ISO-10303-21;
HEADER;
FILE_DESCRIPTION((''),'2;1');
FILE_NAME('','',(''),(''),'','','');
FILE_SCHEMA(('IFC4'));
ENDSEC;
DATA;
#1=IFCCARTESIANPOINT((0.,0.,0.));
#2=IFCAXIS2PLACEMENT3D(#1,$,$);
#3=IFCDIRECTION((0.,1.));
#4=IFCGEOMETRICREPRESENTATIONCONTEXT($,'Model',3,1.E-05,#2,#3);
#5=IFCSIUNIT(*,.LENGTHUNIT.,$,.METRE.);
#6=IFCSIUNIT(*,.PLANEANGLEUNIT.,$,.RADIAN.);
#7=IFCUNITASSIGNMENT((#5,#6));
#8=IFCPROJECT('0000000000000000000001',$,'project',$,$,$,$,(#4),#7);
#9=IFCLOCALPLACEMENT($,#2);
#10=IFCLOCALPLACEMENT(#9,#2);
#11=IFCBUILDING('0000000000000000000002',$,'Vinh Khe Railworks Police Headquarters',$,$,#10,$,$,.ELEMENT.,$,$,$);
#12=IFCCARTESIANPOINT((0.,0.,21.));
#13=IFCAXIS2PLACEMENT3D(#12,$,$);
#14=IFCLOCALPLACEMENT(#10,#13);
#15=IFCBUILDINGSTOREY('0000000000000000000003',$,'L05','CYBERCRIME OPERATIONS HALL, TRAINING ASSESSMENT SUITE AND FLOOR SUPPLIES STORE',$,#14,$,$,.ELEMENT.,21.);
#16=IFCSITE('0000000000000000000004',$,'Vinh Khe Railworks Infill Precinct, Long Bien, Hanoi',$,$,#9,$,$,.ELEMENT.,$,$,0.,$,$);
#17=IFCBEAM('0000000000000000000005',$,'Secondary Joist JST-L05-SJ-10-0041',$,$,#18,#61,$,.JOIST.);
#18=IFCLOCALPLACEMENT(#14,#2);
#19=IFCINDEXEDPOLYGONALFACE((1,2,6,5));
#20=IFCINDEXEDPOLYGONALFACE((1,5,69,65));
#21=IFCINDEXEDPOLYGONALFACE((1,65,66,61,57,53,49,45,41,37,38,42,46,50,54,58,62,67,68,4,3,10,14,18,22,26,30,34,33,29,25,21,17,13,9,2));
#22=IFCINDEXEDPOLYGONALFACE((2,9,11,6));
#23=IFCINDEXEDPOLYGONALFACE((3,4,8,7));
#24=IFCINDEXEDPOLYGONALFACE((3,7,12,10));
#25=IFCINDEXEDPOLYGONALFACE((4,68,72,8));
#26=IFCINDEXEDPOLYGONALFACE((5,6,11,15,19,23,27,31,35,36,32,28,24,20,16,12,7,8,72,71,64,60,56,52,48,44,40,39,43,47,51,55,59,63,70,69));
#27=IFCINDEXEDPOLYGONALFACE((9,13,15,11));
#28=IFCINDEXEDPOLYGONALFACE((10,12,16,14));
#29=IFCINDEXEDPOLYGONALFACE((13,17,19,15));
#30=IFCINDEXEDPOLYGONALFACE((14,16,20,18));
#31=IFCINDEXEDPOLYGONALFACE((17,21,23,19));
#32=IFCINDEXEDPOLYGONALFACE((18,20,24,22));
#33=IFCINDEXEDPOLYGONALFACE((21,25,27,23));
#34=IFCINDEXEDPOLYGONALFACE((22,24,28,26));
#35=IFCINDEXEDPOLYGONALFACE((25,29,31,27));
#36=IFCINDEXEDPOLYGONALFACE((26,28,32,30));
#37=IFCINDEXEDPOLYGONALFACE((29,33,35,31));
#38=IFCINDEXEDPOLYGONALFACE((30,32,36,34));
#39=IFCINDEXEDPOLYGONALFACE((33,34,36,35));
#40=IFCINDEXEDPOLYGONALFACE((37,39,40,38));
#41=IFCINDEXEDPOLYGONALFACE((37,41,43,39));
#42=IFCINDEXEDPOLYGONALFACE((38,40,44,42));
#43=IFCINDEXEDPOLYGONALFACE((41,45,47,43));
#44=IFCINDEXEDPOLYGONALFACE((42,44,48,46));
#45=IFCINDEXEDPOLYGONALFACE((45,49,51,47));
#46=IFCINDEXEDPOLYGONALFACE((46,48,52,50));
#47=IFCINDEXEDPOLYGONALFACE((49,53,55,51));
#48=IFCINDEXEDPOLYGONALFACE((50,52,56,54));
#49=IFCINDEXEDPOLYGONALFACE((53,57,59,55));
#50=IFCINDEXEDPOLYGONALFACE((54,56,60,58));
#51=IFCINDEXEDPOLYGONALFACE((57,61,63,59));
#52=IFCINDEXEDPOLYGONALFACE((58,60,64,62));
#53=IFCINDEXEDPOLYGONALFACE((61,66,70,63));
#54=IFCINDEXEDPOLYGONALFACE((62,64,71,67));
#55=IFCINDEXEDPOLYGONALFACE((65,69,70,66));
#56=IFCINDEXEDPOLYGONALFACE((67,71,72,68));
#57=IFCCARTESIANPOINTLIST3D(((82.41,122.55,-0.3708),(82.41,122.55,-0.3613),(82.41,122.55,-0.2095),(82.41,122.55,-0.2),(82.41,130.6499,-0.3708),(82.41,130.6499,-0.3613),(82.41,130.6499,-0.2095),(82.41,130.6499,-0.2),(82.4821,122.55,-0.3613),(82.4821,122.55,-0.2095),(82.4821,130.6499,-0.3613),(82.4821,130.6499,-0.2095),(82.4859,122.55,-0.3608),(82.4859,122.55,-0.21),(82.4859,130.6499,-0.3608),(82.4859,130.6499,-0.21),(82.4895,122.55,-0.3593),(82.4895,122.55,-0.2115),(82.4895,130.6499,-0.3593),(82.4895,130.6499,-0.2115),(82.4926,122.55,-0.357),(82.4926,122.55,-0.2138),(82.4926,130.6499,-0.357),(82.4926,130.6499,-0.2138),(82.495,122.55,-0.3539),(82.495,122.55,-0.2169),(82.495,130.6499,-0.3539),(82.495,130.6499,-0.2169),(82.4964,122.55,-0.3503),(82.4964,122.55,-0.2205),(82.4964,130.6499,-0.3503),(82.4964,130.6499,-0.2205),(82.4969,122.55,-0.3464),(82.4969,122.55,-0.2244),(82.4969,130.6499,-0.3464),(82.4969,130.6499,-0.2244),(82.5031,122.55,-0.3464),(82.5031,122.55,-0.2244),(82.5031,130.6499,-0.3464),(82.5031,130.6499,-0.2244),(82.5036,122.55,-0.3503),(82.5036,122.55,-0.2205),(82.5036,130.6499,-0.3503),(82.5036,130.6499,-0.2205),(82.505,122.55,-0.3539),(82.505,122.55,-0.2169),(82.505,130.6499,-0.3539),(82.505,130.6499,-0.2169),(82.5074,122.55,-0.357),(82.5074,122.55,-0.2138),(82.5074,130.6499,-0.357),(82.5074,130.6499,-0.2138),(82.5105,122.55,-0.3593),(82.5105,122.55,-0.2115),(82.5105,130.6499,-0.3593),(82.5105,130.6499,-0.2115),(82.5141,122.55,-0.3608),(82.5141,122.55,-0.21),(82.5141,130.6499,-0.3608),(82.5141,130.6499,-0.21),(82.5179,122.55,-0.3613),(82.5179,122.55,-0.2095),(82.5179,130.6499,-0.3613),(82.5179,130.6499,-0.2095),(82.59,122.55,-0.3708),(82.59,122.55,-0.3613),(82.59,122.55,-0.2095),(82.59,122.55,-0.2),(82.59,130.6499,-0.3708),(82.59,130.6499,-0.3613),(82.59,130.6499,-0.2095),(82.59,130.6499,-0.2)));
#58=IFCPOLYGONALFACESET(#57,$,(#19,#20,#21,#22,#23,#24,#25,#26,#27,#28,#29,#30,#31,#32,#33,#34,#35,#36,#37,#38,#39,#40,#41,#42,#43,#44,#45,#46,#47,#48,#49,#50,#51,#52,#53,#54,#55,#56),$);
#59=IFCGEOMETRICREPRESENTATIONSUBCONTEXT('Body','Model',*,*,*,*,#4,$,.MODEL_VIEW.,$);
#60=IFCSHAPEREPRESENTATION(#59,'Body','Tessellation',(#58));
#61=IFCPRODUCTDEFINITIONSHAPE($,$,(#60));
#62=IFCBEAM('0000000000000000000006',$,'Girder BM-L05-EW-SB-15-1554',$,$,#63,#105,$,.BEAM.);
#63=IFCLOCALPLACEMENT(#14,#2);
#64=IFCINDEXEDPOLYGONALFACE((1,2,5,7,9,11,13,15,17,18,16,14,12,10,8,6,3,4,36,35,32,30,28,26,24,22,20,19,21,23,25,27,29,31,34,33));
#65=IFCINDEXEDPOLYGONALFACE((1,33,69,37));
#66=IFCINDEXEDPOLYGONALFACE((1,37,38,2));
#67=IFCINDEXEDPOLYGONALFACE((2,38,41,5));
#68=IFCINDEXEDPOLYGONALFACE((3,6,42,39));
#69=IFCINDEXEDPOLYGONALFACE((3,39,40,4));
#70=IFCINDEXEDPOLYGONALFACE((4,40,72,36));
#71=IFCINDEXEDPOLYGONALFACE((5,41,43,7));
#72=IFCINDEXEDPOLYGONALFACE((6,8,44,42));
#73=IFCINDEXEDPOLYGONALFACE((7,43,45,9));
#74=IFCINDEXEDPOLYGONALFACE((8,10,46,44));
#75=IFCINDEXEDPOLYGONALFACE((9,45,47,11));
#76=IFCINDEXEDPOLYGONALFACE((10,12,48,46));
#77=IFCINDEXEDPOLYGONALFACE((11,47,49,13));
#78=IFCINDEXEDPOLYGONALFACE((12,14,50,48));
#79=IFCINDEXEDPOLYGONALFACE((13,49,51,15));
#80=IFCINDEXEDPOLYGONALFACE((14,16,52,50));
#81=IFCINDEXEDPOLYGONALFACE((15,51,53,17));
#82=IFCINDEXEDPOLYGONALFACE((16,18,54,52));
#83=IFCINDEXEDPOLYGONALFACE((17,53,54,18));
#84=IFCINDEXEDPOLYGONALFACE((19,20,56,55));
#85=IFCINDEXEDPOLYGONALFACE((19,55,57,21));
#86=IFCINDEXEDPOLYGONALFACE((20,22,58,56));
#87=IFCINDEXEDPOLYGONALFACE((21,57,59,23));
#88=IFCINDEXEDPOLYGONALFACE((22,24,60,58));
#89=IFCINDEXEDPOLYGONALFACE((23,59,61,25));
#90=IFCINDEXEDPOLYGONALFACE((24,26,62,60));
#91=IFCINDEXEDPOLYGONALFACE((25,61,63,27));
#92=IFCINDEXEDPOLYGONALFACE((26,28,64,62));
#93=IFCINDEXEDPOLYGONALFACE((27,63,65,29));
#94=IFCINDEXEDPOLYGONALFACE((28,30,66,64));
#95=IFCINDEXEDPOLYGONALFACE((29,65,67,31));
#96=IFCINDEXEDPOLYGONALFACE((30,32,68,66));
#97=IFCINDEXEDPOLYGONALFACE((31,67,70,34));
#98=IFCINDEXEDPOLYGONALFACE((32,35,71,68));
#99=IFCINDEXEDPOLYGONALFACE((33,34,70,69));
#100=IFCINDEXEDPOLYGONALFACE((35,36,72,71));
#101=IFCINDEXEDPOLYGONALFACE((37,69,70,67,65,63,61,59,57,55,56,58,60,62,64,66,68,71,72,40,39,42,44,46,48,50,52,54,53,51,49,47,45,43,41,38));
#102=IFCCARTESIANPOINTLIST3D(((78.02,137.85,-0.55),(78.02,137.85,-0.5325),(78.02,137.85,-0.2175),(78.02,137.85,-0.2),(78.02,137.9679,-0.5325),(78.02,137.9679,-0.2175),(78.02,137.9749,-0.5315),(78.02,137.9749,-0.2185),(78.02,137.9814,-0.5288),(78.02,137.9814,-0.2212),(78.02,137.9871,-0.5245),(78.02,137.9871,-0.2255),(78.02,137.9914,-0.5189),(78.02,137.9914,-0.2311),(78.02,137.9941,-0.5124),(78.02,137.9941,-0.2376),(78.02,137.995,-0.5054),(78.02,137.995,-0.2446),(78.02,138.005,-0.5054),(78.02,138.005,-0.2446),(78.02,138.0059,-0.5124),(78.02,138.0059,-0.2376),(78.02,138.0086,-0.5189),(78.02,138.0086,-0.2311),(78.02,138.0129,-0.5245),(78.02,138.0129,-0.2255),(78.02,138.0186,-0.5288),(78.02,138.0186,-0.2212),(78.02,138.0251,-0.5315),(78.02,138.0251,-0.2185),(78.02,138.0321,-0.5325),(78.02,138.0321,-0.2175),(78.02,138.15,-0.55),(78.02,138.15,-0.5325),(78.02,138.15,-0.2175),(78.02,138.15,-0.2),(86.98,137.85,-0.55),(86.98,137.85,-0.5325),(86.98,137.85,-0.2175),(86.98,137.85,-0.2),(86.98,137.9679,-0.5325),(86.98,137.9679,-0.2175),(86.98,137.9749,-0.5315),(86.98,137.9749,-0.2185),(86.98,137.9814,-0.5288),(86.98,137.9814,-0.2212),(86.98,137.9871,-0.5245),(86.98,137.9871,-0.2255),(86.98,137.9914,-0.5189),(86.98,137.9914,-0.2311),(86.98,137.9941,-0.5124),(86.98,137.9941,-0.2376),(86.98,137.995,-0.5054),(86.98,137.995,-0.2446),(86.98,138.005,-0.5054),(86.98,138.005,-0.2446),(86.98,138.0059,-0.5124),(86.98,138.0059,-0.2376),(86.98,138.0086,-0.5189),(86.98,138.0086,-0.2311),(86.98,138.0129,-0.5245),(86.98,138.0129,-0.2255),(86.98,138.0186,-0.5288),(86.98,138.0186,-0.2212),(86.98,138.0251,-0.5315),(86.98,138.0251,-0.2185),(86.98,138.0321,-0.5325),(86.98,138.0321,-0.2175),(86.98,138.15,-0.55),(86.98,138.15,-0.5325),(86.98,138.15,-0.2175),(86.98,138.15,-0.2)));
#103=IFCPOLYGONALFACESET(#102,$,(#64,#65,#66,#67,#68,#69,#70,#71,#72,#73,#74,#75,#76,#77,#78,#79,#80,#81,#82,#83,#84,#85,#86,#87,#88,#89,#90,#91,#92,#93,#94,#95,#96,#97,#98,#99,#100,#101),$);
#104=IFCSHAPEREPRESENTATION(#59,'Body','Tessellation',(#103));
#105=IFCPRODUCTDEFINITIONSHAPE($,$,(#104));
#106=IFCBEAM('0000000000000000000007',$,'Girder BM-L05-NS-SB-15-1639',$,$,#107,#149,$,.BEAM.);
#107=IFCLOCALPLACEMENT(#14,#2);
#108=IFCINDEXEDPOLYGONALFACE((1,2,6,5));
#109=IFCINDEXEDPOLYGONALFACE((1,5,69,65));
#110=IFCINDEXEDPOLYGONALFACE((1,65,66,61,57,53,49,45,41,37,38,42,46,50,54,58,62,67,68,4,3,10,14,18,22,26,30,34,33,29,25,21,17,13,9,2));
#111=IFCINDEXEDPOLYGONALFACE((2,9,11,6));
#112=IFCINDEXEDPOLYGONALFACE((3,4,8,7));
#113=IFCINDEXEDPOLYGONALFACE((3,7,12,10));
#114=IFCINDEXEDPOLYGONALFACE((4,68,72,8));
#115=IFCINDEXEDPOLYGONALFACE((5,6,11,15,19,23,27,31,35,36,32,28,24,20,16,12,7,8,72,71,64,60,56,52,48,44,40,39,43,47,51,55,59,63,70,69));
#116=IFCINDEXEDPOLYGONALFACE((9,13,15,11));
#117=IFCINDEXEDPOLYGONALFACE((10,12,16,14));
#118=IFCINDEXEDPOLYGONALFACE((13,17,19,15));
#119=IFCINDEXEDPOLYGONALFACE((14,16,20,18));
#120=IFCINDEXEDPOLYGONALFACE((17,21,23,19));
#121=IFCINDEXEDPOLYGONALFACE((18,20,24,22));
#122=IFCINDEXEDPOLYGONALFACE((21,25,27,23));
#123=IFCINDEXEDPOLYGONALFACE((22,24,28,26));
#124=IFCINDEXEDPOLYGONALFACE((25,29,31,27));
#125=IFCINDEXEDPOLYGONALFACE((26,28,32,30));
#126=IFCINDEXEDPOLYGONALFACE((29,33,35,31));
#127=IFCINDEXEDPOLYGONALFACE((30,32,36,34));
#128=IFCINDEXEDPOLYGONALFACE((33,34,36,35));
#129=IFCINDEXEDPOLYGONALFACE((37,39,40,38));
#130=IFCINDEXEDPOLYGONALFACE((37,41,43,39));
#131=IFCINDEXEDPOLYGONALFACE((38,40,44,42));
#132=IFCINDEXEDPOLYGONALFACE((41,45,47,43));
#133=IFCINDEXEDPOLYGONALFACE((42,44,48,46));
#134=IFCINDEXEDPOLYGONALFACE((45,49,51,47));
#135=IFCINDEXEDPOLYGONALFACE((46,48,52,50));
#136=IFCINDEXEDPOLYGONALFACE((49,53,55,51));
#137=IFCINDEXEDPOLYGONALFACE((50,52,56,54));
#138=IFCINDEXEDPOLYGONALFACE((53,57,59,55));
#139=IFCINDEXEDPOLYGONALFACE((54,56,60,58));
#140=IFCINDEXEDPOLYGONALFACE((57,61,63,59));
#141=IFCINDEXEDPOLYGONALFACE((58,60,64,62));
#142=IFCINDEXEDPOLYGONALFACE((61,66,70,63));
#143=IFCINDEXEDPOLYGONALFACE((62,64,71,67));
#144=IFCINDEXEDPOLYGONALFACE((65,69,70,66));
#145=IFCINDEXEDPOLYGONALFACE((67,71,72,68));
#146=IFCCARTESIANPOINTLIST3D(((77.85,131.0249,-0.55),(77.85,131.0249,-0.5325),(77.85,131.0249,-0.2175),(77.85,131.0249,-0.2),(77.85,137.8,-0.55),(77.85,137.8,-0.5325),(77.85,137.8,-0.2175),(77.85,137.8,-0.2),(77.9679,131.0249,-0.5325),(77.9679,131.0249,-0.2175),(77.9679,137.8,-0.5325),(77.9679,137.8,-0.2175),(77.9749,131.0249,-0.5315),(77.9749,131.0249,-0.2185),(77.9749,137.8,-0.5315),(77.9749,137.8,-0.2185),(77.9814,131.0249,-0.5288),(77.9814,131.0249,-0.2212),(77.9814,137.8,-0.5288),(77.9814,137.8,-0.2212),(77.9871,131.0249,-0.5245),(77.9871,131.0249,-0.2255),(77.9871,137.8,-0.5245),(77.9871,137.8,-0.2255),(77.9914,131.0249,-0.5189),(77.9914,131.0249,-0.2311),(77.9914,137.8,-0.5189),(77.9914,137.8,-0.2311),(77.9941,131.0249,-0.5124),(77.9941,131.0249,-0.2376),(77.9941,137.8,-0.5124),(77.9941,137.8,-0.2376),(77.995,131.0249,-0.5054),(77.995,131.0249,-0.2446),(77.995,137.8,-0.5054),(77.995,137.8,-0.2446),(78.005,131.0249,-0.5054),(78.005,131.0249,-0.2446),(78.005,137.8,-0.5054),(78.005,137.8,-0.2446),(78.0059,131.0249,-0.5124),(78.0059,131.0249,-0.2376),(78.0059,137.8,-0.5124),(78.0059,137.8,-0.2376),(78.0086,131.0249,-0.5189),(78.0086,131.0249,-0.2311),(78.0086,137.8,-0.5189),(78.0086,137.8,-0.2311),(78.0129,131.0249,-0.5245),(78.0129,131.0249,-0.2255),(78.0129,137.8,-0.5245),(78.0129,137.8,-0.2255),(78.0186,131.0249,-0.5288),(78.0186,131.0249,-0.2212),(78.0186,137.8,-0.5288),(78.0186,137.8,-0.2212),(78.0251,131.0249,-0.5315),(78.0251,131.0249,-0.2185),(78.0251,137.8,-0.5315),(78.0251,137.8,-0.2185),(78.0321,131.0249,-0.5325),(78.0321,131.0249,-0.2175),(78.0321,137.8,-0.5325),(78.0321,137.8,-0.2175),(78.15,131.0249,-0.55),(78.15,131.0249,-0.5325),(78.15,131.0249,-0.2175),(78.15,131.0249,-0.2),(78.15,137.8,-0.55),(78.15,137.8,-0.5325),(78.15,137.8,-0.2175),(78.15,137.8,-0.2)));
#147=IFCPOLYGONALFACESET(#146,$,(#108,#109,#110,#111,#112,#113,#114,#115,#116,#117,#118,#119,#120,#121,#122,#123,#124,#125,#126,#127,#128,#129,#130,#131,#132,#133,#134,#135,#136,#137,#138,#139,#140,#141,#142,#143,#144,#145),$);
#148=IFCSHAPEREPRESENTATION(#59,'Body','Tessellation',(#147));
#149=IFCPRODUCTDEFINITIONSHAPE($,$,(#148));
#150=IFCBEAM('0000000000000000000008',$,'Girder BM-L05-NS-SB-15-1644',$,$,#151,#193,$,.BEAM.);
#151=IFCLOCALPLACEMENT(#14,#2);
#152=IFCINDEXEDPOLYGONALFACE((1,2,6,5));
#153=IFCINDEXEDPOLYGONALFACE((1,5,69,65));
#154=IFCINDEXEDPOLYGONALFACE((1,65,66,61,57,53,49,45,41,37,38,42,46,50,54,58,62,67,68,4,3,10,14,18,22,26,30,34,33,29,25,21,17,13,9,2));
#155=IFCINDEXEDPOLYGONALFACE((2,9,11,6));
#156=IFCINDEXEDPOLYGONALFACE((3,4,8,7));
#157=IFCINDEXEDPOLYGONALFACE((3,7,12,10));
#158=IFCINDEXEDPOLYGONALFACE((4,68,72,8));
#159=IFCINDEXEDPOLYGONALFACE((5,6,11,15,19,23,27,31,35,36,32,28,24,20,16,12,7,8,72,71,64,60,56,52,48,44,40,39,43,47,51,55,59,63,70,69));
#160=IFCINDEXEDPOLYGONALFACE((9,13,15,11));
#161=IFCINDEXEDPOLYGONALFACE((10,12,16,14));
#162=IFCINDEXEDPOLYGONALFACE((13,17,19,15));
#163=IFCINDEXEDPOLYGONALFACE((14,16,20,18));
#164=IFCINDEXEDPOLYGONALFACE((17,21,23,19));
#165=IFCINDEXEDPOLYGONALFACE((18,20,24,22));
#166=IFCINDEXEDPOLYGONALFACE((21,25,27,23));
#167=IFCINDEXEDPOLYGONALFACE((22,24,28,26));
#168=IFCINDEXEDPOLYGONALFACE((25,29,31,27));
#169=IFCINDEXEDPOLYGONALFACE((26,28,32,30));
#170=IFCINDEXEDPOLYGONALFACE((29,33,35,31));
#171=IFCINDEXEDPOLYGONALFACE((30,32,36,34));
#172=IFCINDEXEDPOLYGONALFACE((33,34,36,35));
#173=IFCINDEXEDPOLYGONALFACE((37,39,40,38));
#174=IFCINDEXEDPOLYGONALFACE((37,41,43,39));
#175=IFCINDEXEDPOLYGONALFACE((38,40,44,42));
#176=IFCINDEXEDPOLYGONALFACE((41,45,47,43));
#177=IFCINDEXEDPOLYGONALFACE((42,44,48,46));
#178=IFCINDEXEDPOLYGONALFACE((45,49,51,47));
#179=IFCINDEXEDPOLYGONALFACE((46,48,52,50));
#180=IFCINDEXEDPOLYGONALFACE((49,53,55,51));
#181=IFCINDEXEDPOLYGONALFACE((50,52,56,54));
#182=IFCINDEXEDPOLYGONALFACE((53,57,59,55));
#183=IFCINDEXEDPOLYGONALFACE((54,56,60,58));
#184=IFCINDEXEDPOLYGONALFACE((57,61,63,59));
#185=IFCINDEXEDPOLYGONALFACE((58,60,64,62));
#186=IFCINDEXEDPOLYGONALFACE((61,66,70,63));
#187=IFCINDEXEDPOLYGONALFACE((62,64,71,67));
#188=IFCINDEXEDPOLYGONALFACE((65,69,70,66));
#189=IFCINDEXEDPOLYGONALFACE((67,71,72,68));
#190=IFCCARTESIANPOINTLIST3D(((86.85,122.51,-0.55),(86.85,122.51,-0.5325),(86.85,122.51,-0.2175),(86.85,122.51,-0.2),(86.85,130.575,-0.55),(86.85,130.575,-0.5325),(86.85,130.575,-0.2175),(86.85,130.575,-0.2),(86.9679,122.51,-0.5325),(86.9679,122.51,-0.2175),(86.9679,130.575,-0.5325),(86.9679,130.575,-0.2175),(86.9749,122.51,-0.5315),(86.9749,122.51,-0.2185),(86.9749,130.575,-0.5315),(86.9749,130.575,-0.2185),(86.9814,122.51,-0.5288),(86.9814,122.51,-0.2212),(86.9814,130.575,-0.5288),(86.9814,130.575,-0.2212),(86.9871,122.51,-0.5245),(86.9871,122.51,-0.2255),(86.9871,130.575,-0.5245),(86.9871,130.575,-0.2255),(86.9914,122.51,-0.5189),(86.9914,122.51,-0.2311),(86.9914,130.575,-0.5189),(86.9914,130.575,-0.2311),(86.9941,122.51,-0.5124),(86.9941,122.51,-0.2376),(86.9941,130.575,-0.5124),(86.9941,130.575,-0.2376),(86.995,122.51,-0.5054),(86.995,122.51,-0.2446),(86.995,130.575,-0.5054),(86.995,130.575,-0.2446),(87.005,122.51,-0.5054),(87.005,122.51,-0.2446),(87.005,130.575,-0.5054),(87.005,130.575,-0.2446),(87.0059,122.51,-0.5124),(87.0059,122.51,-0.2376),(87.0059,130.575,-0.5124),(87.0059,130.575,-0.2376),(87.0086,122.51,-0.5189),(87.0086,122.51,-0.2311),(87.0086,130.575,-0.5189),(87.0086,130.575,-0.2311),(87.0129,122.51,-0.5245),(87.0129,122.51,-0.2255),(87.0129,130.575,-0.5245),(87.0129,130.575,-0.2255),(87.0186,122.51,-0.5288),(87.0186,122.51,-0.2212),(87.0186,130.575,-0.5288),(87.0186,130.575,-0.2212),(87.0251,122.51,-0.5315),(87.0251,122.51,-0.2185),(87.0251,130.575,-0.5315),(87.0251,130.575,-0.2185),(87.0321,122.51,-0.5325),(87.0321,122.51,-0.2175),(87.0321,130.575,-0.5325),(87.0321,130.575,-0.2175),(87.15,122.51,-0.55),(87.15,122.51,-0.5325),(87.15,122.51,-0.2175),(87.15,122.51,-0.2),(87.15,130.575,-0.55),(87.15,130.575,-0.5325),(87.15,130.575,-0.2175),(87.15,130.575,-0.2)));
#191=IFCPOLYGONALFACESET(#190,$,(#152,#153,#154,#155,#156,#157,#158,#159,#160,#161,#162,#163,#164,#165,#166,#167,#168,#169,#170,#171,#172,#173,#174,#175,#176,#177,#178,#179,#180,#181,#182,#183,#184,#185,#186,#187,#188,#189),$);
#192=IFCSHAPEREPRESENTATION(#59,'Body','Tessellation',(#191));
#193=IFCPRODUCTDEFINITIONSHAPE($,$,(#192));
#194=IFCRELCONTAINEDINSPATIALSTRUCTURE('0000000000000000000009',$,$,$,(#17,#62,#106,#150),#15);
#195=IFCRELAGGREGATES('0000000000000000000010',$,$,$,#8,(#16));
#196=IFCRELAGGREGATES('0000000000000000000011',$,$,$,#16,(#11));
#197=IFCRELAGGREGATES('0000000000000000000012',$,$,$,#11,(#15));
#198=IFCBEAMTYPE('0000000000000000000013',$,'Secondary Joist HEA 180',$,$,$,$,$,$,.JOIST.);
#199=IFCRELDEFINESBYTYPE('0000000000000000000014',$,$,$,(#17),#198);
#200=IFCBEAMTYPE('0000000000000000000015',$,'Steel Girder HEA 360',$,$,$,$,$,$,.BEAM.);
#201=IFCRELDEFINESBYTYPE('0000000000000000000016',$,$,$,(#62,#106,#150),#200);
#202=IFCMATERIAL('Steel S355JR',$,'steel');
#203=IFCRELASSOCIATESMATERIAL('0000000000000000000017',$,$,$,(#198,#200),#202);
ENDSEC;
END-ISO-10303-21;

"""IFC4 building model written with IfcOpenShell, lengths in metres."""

from ifc_helpers import new_model, si_unit, direction, frame, origin, origin_2d, place, context, subcontext, project, spatial, i_section, extrude, material, material_profile, profile_set, type_object, element, save


model = new_model("IFC4")

# Units and contexts
model_context = context("Model", 3, precision=1e-05, world=origin(), true_north=direction((0.0, 1.0)))
body_context = subcontext(model_context, "Body", "Model", "MODEL_VIEW")
ifc_project = project(units=[si_unit("LENGTHUNIT", "METRE"), si_unit("PLANEANGLEUNIT", "RADIAN")], contexts=[model_context])

# Site, building, storey
site_placement = place(None, origin())
site = spatial("IfcSite", under=ifc_project, at=site_placement, Name="Vinh Khe Railworks Infill Precinct, Long Bien, Hanoi", CompositionType="ELEMENT", RefElevation=0.0)
building_placement = place(site_placement, origin())
building = spatial("IfcBuilding", under=site, at=building_placement, Name="Vinh Khe Railworks Police Headquarters", CompositionType="ELEMENT")
storey_placement = place(building_placement, frame((0.0, 0.0, 21.0)))
storey = spatial("IfcBuildingStorey", under=building, at=storey_placement, Name="L05", Description="CYBERCRIME OPERATIONS HALL, TRAINING ASSESSMENT SUITE AND FLOOR SUPPLIES STORE", CompositionType="ELEMENT", Elevation=21.0)

# Shared definitions
ifc_material_1 = material(Name="Steel S355JR", Category="steel")

# Beams
ifc_material_profile_1 = material_profile(ifc_material_1, i_section(OverallWidth=0.1799, OverallDepth=0.1709, WebThickness=0.0061, FlangeThickness=0.0095, FilletRadius=0.0149, at=origin_2d()), Name="HEA 180")
ifc_profile_set_1 = profile_set([ifc_material_profile_1], Name="Steel S355JR")
beam_type_1 = type_object("IfcBeamType", Name="Secondary Joist HEA 180", PredefinedType="JOIST", material=ifc_profile_set_1)
beam_1_placement = place(storey_placement, frame((82.5, 122.55, -0.2854), z_axis=(0.0, 1.0, 0.0), x_axis=(-1.0, 0.0, 0.0)))
element("IfcBeam", 1, at=beam_1_placement, inside=storey, type_object=beam_type_1, Name="Secondary Joist JST-L05-SJ-10-0041", PredefinedType="JOIST", context=body_context, shape_type="SweptSolid", body=[
    extrude(i_section(OverallWidth=0.1799, OverallDepth=0.1709, WebThickness=0.0061, FlangeThickness=0.0095, FilletRadius=0.0149, at=origin_2d()), origin(), (0.0, 0.0, 1.0), 8.0999),
])
ifc_material_profile_2 = material_profile(ifc_material_1, i_section(OverallWidth=0.3, OverallDepth=0.3501, WebThickness=0.01, FlangeThickness=0.0176, FilletRadius=0.0271, at=origin_2d()), Name="HEA 360")
ifc_profile_set_2 = profile_set([ifc_material_profile_2], Name="Steel S355JR")
beam_type_2 = type_object("IfcBeamType", Name="Steel Girder HEA 360", PredefinedType="BEAM", material=ifc_profile_set_2)
beam_2_placement = place(storey_placement, frame((78.02, 138.0, -0.375), z_axis=(1.0, 0.0, 0.0), x_axis=(0.0, 1.0, 0.0)))
element("IfcBeam", 2, at=beam_2_placement, inside=storey, type_object=beam_type_2, Name="Girder BM-L05-EW-SB-15-1554", PredefinedType="BEAM", context=body_context, shape_type="SweptSolid", body=[
    extrude(i_section(OverallWidth=0.3, OverallDepth=0.3501, WebThickness=0.01, FlangeThickness=0.0176, FilletRadius=0.0271, at=origin_2d()), origin(), (0.0, 0.0, 1.0), 8.96),
])
beam_3_placement = place(storey_placement, frame((78.0, 131.0249, -0.375), z_axis=(0.0, 1.0, 0.0), x_axis=(-1.0, 0.0, 0.0)))
element("IfcBeam", 3, at=beam_3_placement, inside=storey, type_object=beam_type_2, Name="Girder BM-L05-NS-SB-15-1639", PredefinedType="BEAM", context=body_context, shape_type="SweptSolid", body=[
    extrude(i_section(OverallWidth=0.3, OverallDepth=0.3501, WebThickness=0.01, FlangeThickness=0.0176, FilletRadius=0.0271, at=origin_2d()), origin(), (0.0, 0.0, 1.0), 6.7751),
])
beam_4_placement = place(storey_placement, frame((87.0, 122.51, -0.375), z_axis=(0.0, 1.0, 0.0), x_axis=(-1.0, 0.0, 0.0)))
element("IfcBeam", 4, at=beam_4_placement, inside=storey, type_object=beam_type_2, Name="Girder BM-L05-NS-SB-15-1644", PredefinedType="BEAM", context=body_context, shape_type="SweptSolid", body=[
    extrude(i_section(OverallWidth=0.3, OverallDepth=0.3501, WebThickness=0.01, FlangeThickness=0.0176, FilletRadius=0.0271, at=origin_2d()), origin(), (0.0, 0.0, 1.0), 8.0649),
])

save(model, "model.ifc")
